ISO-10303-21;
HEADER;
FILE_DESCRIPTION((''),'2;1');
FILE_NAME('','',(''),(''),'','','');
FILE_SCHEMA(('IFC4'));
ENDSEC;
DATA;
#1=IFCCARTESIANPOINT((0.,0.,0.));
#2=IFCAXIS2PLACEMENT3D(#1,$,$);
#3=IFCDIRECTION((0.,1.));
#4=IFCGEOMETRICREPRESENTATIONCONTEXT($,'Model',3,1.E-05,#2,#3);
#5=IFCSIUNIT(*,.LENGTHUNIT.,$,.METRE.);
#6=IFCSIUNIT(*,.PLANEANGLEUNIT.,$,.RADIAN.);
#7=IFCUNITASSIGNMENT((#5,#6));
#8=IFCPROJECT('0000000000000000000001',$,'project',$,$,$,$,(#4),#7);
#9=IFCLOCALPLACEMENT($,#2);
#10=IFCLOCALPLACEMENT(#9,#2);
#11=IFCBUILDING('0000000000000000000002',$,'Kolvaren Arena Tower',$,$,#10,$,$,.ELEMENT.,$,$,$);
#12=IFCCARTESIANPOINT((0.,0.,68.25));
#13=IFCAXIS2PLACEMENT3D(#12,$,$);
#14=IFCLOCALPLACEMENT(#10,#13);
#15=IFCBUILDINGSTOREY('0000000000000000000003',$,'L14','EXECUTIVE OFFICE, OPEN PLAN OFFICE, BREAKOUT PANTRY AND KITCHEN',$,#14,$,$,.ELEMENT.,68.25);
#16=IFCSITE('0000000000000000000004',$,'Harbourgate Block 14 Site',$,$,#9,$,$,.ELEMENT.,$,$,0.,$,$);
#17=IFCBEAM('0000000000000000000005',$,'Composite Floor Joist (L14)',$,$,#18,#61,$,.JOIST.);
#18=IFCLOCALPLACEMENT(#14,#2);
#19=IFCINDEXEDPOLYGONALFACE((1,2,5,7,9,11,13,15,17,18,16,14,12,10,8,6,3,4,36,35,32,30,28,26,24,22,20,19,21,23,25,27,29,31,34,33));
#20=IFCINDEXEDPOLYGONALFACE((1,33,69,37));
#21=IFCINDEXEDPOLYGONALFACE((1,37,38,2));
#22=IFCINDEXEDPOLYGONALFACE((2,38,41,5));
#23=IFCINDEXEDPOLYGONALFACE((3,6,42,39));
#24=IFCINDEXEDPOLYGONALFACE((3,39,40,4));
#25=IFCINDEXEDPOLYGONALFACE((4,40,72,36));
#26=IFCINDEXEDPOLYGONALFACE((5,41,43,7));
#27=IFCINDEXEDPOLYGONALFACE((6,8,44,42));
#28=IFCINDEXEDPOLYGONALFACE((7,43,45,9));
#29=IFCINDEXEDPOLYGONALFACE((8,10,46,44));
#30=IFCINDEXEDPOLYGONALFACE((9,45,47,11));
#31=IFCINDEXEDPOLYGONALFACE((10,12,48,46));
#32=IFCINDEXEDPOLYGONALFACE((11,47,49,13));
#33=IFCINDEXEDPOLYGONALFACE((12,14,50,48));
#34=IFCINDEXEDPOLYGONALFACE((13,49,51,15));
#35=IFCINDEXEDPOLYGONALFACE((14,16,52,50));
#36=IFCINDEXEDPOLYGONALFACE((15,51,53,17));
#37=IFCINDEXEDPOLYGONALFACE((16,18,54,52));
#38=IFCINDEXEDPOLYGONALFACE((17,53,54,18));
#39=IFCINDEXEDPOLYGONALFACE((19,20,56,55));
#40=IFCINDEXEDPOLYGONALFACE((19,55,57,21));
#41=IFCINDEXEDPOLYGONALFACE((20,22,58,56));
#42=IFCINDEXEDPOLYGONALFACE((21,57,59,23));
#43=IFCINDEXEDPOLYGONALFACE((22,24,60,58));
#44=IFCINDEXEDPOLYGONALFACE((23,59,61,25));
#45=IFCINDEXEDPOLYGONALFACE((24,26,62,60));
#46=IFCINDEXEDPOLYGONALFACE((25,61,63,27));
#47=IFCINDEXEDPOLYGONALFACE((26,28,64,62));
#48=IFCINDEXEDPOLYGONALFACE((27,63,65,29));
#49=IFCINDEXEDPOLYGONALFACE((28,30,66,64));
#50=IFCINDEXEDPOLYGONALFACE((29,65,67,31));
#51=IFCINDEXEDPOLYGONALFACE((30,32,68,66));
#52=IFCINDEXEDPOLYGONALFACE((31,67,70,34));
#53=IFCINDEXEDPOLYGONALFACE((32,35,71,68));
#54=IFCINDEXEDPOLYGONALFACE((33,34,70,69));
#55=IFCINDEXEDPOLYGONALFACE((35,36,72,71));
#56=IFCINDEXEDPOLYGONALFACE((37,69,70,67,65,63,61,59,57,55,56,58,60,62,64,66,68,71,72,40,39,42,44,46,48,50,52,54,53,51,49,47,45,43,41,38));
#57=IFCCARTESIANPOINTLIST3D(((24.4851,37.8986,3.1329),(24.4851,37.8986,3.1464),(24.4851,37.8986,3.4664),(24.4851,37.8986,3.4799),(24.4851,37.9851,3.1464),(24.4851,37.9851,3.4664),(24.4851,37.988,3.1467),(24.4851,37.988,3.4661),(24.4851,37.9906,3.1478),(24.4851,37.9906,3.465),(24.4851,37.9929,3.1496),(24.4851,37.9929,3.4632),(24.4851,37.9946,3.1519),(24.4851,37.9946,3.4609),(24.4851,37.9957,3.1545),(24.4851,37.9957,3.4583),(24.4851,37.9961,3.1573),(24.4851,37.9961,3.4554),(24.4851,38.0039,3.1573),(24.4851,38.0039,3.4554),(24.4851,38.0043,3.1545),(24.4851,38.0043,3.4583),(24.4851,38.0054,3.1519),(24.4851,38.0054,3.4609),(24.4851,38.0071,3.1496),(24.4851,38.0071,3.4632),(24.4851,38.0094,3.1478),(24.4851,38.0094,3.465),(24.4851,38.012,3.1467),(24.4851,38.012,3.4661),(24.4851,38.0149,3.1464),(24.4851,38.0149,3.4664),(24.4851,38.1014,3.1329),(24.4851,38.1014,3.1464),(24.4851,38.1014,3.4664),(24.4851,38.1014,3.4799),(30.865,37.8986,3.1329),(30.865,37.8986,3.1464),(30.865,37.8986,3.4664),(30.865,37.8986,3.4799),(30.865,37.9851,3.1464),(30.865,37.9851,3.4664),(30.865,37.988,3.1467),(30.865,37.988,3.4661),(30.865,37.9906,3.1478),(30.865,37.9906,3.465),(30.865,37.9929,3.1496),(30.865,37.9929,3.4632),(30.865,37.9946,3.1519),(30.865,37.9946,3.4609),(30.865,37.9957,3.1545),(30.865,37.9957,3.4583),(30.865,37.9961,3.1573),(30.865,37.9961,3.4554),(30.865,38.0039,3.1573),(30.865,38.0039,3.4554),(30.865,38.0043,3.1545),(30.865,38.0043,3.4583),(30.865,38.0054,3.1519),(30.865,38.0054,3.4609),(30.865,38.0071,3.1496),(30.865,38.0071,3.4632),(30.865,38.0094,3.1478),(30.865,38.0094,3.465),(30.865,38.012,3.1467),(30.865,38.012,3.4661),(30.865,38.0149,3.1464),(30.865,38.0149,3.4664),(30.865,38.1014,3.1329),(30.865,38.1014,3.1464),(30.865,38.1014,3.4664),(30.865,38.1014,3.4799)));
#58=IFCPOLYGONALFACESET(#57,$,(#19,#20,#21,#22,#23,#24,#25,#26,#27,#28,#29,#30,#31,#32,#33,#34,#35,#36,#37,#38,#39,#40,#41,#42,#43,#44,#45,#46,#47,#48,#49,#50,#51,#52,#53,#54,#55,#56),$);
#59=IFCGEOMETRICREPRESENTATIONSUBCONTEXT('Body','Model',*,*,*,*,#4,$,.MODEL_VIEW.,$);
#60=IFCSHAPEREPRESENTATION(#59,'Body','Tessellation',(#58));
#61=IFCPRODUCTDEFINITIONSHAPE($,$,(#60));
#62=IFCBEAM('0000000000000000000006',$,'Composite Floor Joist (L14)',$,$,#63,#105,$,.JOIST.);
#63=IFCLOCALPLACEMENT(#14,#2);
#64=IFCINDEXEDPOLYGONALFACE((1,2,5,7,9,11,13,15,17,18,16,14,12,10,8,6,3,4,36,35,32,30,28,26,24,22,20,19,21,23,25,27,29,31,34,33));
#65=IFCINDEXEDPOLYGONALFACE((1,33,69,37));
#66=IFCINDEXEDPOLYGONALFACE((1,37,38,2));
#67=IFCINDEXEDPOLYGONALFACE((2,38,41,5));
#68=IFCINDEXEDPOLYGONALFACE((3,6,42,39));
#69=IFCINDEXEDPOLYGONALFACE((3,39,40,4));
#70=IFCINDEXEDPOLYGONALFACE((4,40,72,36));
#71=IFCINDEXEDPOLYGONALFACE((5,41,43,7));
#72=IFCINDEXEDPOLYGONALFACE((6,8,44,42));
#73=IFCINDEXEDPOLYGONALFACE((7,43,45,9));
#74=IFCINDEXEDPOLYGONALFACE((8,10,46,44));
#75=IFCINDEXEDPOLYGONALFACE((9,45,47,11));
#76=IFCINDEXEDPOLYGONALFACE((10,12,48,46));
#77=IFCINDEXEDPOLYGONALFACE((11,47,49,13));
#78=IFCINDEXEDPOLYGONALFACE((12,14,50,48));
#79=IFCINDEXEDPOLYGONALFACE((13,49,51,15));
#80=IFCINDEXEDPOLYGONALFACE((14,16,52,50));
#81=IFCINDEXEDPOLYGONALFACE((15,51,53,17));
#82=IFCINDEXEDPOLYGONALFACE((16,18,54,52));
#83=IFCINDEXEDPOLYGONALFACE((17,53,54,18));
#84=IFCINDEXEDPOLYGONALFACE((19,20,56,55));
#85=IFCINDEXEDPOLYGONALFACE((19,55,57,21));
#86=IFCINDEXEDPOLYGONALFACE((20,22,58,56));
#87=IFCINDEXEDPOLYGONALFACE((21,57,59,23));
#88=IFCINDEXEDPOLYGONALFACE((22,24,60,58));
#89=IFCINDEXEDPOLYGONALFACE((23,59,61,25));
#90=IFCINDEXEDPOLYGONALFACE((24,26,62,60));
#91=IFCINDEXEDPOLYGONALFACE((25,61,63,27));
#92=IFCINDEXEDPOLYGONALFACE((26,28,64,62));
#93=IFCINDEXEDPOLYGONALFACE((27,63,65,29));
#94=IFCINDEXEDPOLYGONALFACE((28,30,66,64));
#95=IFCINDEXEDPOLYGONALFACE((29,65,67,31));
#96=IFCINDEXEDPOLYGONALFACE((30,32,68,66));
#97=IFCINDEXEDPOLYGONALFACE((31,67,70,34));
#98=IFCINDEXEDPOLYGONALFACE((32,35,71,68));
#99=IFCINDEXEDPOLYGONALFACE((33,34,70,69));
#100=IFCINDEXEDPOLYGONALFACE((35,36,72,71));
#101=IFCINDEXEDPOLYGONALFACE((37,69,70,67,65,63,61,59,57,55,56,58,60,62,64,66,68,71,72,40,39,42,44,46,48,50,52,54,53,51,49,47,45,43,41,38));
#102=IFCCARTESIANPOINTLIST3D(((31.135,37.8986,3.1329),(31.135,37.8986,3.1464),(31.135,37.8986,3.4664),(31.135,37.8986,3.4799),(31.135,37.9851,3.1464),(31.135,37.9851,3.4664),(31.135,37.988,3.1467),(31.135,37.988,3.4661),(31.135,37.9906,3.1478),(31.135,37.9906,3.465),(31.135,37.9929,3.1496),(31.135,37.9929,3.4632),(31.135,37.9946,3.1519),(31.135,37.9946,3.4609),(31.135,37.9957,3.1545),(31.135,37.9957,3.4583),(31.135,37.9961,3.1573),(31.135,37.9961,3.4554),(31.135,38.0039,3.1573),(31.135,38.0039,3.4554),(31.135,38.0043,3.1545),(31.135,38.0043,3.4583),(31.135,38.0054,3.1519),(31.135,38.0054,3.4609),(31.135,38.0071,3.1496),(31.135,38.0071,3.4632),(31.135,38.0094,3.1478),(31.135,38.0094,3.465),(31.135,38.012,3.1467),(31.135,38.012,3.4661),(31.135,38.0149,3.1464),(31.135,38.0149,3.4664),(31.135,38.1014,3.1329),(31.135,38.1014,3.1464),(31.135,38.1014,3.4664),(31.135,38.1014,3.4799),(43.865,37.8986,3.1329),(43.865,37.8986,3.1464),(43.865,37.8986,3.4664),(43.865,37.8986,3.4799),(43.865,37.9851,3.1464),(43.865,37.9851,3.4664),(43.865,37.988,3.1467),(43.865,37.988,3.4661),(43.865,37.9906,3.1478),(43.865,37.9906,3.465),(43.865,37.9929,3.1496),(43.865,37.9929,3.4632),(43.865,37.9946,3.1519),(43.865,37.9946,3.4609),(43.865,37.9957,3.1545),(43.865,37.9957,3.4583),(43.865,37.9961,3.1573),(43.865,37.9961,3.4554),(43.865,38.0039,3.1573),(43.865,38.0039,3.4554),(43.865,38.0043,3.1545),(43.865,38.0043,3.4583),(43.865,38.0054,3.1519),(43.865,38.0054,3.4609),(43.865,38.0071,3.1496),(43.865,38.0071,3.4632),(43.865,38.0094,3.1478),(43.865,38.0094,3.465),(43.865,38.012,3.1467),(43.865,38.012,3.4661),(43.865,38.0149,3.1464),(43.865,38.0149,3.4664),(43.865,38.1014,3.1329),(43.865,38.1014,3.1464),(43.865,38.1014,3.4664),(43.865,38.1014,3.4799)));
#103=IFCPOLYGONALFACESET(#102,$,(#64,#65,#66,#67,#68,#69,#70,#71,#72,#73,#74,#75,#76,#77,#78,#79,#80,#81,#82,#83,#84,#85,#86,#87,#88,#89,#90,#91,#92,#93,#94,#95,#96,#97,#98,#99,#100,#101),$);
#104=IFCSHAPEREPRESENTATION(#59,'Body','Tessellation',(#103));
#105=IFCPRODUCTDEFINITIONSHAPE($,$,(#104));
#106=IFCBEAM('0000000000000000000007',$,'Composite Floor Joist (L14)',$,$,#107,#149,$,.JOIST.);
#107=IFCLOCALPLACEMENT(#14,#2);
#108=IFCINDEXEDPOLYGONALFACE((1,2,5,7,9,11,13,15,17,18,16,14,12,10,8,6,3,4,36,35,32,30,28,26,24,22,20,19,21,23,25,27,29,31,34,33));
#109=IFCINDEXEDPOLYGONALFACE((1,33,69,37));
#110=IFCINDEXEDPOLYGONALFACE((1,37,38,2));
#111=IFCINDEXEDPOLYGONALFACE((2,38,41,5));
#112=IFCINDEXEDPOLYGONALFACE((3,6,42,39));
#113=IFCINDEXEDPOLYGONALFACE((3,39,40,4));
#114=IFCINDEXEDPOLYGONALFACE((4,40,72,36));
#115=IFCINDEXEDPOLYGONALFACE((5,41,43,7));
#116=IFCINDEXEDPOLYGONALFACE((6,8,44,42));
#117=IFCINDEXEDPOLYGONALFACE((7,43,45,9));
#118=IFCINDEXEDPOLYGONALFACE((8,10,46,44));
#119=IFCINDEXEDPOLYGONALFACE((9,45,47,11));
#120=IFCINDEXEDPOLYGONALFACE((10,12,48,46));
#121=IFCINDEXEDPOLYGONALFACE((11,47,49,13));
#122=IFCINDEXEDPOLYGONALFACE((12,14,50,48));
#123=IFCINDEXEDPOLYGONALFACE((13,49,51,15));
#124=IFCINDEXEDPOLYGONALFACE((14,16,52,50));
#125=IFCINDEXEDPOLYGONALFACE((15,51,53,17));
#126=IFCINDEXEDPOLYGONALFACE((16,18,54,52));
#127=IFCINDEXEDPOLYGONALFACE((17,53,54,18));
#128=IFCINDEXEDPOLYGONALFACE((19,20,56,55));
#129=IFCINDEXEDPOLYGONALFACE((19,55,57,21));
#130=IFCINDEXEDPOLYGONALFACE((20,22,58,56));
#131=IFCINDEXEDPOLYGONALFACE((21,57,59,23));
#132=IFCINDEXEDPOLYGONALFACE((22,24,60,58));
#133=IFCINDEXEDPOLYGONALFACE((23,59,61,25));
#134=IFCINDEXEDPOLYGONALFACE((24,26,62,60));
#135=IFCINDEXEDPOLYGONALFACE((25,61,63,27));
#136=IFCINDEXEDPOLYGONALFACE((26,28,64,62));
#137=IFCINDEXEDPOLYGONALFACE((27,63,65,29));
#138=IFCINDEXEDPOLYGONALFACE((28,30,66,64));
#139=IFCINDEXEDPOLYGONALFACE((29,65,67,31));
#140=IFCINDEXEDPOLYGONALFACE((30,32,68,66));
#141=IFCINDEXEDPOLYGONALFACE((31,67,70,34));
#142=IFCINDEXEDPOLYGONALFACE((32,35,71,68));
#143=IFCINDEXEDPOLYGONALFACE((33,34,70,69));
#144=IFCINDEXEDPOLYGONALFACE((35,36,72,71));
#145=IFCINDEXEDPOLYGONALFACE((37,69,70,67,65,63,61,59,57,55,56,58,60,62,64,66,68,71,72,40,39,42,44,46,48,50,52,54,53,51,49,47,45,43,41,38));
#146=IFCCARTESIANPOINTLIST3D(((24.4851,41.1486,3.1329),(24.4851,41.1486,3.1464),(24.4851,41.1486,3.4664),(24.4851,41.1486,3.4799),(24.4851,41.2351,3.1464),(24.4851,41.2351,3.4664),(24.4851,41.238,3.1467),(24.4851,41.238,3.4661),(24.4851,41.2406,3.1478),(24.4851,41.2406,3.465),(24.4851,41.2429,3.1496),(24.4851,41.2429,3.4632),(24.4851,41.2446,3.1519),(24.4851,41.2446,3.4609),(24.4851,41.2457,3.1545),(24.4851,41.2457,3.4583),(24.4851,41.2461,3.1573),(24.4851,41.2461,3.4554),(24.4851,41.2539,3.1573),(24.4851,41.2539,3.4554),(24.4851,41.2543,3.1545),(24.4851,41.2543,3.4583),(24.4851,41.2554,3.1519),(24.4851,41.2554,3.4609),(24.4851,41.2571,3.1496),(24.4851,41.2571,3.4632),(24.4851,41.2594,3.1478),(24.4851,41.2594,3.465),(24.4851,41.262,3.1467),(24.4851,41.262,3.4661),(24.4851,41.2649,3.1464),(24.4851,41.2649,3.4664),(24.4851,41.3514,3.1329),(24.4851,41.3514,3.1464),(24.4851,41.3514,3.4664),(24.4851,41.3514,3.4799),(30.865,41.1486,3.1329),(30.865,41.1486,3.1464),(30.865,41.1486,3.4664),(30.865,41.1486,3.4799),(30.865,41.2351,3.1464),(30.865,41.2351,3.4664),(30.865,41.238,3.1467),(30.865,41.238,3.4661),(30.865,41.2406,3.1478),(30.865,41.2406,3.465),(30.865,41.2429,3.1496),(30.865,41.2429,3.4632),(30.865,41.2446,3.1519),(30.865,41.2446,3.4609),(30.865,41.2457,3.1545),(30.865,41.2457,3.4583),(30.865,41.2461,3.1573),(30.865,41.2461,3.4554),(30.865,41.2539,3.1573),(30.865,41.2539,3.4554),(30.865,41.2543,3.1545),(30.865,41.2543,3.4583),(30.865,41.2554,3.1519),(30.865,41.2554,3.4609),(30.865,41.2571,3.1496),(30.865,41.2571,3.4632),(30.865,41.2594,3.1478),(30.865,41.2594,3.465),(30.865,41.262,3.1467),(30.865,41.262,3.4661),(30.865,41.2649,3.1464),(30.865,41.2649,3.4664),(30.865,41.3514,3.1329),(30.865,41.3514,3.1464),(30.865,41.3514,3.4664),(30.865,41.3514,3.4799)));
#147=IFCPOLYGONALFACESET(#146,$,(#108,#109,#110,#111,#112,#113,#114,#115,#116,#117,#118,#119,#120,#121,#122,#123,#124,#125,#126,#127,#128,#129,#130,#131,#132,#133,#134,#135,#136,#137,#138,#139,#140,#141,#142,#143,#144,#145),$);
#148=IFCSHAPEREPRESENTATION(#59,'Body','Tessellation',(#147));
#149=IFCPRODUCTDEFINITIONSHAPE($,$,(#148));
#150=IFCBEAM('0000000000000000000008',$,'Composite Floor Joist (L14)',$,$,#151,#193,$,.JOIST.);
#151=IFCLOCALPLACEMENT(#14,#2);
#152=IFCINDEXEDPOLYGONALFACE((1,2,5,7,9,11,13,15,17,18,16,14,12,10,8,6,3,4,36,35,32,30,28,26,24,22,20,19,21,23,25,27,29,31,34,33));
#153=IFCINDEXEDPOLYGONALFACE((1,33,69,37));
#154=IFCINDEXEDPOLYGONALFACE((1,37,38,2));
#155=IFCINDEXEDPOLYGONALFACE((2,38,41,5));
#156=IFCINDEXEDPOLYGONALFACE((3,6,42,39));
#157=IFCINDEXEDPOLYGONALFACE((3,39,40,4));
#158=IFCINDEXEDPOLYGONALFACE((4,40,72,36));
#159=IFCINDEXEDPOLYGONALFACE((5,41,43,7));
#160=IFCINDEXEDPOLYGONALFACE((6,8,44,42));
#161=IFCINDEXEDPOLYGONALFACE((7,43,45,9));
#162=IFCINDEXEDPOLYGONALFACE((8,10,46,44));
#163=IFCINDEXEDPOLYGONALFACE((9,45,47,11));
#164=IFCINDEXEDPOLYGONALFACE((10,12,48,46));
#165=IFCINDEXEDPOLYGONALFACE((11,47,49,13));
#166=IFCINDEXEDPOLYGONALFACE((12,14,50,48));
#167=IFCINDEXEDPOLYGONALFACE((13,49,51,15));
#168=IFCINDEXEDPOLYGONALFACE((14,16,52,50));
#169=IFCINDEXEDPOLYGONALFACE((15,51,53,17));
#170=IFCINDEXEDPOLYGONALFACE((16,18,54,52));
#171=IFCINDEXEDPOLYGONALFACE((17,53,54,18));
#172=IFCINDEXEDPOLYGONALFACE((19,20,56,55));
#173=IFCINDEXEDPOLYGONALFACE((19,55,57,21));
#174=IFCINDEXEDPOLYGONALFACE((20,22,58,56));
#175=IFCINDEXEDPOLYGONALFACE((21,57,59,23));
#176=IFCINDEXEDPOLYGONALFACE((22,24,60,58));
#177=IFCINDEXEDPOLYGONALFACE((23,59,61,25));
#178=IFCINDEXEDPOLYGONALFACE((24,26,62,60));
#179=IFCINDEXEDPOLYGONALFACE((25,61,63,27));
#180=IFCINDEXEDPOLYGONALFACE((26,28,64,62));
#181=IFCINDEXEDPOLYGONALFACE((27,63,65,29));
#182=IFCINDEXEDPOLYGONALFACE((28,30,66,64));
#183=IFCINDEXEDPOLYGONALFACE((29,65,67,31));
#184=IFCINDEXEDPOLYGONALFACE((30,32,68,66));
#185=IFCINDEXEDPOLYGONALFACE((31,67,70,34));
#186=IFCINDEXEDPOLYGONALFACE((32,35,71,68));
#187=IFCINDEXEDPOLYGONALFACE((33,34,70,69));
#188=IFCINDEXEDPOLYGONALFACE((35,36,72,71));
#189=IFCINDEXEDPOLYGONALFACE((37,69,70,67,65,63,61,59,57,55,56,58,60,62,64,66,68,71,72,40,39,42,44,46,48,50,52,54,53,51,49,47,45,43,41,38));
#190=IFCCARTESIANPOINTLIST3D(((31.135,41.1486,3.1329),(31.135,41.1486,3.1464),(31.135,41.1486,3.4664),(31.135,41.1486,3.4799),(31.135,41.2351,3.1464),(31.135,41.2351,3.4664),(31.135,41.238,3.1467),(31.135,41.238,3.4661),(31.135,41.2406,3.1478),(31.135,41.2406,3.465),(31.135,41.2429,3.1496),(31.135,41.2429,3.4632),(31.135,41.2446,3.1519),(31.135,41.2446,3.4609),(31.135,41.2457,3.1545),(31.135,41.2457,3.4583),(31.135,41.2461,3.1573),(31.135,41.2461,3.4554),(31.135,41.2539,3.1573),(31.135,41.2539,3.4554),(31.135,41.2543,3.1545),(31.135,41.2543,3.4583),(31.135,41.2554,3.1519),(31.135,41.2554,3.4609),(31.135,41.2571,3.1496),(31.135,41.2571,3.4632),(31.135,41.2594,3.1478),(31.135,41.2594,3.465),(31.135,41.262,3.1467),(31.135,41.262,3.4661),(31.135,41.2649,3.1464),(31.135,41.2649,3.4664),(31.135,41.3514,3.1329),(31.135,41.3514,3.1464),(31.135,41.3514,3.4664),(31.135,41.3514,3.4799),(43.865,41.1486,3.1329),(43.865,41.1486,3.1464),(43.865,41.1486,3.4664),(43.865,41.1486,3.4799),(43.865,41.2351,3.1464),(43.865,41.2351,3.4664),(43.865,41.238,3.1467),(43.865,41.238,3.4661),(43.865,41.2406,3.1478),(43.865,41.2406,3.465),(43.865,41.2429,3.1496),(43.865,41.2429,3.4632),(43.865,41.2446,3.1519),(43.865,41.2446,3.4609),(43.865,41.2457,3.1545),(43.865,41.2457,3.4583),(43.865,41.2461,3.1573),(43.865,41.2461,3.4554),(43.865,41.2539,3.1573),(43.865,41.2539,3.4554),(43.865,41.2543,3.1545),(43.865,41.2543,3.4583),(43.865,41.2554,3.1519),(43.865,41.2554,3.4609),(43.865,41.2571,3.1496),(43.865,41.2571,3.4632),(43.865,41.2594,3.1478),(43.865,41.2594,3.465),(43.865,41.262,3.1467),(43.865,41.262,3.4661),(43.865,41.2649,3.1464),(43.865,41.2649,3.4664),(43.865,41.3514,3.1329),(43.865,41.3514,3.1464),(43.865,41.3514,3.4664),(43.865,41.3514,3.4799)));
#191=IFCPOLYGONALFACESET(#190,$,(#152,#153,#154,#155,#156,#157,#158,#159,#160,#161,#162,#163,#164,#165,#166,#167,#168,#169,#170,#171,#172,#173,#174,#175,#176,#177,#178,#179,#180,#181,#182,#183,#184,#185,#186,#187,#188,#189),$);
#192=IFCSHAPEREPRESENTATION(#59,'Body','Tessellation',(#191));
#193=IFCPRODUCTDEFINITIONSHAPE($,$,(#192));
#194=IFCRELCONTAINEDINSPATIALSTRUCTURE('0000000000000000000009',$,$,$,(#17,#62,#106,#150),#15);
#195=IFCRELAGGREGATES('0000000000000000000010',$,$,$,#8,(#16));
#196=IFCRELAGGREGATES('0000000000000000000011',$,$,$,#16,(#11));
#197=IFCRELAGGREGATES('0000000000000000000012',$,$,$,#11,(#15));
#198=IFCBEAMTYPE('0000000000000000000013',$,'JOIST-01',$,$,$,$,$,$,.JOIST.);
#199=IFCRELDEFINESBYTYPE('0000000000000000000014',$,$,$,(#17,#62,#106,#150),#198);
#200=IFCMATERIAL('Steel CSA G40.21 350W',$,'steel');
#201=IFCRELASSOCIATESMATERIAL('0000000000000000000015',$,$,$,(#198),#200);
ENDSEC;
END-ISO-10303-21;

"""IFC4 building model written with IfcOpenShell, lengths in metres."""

from ifc_helpers import new_model, si_unit, direction, frame, origin, origin_2d, place, context, subcontext, project, spatial, i_section, extrude, material, material_profile, profile_set, type_object, element, save


model = new_model("IFC4")

# Units and contexts
model_context = context("Model", 3, precision=1e-05, world=origin(), true_north=direction((0.0, 1.0)))
body_context = subcontext(model_context, "Body", "Model", "MODEL_VIEW")
ifc_project = project(units=[si_unit("LENGTHUNIT", "METRE"), si_unit("PLANEANGLEUNIT", "RADIAN")], contexts=[model_context])

# Site, building, storey
site_placement = place(None, origin())
site = spatial("IfcSite", under=ifc_project, at=site_placement, Name="Harbourgate Block 14 Site", CompositionType="ELEMENT", RefElevation=0.0)
building_placement = place(site_placement, origin())
building = spatial("IfcBuilding", under=site, at=building_placement, Name="Kolvaren Arena Tower", CompositionType="ELEMENT")
storey_placement = place(building_placement, frame((0.0, 0.0, 68.25)))
storey = spatial("IfcBuildingStorey", under=building, at=storey_placement, Name="L14", Description="EXECUTIVE OFFICE, OPEN PLAN OFFICE, BREAKOUT PANTRY AND KITCHEN", CompositionType="ELEMENT", Elevation=68.25)

# Beams
ifc_material_1 = material(Name="Steel CSA G40.21 350W", Category="steel")
ifc_material_profile_1 = material_profile(ifc_material_1, i_section(OverallWidth=0.2029, OverallDepth=0.3469, WebThickness=0.0078, FlangeThickness=0.0134, FilletRadius=0.011, at=origin_2d()), Name="W360x64")
ifc_profile_set_1 = profile_set([ifc_material_profile_1], Name="Steel CSA G40.21 350W")
beam_type_1 = type_object("IfcBeamType", Name="JOIST-01", PredefinedType="JOIST", material=ifc_profile_set_1)
beam_1_placement = place(storey_placement, frame((24.4851, 38.0, 3.3064), z_axis=(1.0, 0.0, 0.0), x_axis=(0.0, 1.0, 0.0)))
element("IfcBeam", 1, at=beam_1_placement, inside=storey, type_object=beam_type_1, Name="Composite Floor Joist (L14)", PredefinedType="JOIST", context=body_context, shape_type="SweptSolid", body=[
    extrude(i_section(OverallWidth=0.2029, OverallDepth=0.3469, WebThickness=0.0078, FlangeThickness=0.0134, FilletRadius=0.011, at=origin_2d()), origin(), (0.0, 0.0, 1.0), 6.3799),
])
beam_2_placement = place(storey_placement, frame((31.135, 38.0, 3.3064), z_axis=(1.0, 0.0, 0.0), x_axis=(0.0, 1.0, 0.0)))
element("IfcBeam", 2, at=beam_2_placement, inside=storey, type_object=beam_type_1, Name="Composite Floor Joist (L14)", PredefinedType="JOIST", context=body_context, shape_type="SweptSolid", body=[
    extrude(i_section(OverallWidth=0.2029, OverallDepth=0.3469, WebThickness=0.0078, FlangeThickness=0.0134, FilletRadius=0.011, at=origin_2d()), origin(), (0.0, 0.0, 1.0), 12.73),
])
beam_3_placement = place(storey_placement, frame((24.4851, 41.25, 3.3064), z_axis=(1.0, 0.0, 0.0), x_axis=(0.0, 1.0, 0.0)))
element("IfcBeam", 3, at=beam_3_placement, inside=storey, type_object=beam_type_1, Name="Composite Floor Joist (L14)", PredefinedType="JOIST", context=body_context, shape_type="SweptSolid", body=[
    extrude(i_section(OverallWidth=0.2029, OverallDepth=0.3469, WebThickness=0.0078, FlangeThickness=0.0134, FilletRadius=0.011, at=origin_2d()), origin(), (0.0, 0.0, 1.0), 6.3799),
])
beam_4_placement = place(storey_placement, frame((31.135, 41.25, 3.3064), z_axis=(1.0, 0.0, 0.0), x_axis=(0.0, 1.0, 0.0)))
element("IfcBeam", 4, at=beam_4_placement, inside=storey, type_object=beam_type_1, Name="Composite Floor Joist (L14)", PredefinedType="JOIST", context=body_context, shape_type="SweptSolid", body=[
    extrude(i_section(OverallWidth=0.2029, OverallDepth=0.3469, WebThickness=0.0078, FlangeThickness=0.0134, FilletRadius=0.011, at=origin_2d()), origin(), (0.0, 0.0, 1.0), 12.73),
])

save(model, "model.ifc")
